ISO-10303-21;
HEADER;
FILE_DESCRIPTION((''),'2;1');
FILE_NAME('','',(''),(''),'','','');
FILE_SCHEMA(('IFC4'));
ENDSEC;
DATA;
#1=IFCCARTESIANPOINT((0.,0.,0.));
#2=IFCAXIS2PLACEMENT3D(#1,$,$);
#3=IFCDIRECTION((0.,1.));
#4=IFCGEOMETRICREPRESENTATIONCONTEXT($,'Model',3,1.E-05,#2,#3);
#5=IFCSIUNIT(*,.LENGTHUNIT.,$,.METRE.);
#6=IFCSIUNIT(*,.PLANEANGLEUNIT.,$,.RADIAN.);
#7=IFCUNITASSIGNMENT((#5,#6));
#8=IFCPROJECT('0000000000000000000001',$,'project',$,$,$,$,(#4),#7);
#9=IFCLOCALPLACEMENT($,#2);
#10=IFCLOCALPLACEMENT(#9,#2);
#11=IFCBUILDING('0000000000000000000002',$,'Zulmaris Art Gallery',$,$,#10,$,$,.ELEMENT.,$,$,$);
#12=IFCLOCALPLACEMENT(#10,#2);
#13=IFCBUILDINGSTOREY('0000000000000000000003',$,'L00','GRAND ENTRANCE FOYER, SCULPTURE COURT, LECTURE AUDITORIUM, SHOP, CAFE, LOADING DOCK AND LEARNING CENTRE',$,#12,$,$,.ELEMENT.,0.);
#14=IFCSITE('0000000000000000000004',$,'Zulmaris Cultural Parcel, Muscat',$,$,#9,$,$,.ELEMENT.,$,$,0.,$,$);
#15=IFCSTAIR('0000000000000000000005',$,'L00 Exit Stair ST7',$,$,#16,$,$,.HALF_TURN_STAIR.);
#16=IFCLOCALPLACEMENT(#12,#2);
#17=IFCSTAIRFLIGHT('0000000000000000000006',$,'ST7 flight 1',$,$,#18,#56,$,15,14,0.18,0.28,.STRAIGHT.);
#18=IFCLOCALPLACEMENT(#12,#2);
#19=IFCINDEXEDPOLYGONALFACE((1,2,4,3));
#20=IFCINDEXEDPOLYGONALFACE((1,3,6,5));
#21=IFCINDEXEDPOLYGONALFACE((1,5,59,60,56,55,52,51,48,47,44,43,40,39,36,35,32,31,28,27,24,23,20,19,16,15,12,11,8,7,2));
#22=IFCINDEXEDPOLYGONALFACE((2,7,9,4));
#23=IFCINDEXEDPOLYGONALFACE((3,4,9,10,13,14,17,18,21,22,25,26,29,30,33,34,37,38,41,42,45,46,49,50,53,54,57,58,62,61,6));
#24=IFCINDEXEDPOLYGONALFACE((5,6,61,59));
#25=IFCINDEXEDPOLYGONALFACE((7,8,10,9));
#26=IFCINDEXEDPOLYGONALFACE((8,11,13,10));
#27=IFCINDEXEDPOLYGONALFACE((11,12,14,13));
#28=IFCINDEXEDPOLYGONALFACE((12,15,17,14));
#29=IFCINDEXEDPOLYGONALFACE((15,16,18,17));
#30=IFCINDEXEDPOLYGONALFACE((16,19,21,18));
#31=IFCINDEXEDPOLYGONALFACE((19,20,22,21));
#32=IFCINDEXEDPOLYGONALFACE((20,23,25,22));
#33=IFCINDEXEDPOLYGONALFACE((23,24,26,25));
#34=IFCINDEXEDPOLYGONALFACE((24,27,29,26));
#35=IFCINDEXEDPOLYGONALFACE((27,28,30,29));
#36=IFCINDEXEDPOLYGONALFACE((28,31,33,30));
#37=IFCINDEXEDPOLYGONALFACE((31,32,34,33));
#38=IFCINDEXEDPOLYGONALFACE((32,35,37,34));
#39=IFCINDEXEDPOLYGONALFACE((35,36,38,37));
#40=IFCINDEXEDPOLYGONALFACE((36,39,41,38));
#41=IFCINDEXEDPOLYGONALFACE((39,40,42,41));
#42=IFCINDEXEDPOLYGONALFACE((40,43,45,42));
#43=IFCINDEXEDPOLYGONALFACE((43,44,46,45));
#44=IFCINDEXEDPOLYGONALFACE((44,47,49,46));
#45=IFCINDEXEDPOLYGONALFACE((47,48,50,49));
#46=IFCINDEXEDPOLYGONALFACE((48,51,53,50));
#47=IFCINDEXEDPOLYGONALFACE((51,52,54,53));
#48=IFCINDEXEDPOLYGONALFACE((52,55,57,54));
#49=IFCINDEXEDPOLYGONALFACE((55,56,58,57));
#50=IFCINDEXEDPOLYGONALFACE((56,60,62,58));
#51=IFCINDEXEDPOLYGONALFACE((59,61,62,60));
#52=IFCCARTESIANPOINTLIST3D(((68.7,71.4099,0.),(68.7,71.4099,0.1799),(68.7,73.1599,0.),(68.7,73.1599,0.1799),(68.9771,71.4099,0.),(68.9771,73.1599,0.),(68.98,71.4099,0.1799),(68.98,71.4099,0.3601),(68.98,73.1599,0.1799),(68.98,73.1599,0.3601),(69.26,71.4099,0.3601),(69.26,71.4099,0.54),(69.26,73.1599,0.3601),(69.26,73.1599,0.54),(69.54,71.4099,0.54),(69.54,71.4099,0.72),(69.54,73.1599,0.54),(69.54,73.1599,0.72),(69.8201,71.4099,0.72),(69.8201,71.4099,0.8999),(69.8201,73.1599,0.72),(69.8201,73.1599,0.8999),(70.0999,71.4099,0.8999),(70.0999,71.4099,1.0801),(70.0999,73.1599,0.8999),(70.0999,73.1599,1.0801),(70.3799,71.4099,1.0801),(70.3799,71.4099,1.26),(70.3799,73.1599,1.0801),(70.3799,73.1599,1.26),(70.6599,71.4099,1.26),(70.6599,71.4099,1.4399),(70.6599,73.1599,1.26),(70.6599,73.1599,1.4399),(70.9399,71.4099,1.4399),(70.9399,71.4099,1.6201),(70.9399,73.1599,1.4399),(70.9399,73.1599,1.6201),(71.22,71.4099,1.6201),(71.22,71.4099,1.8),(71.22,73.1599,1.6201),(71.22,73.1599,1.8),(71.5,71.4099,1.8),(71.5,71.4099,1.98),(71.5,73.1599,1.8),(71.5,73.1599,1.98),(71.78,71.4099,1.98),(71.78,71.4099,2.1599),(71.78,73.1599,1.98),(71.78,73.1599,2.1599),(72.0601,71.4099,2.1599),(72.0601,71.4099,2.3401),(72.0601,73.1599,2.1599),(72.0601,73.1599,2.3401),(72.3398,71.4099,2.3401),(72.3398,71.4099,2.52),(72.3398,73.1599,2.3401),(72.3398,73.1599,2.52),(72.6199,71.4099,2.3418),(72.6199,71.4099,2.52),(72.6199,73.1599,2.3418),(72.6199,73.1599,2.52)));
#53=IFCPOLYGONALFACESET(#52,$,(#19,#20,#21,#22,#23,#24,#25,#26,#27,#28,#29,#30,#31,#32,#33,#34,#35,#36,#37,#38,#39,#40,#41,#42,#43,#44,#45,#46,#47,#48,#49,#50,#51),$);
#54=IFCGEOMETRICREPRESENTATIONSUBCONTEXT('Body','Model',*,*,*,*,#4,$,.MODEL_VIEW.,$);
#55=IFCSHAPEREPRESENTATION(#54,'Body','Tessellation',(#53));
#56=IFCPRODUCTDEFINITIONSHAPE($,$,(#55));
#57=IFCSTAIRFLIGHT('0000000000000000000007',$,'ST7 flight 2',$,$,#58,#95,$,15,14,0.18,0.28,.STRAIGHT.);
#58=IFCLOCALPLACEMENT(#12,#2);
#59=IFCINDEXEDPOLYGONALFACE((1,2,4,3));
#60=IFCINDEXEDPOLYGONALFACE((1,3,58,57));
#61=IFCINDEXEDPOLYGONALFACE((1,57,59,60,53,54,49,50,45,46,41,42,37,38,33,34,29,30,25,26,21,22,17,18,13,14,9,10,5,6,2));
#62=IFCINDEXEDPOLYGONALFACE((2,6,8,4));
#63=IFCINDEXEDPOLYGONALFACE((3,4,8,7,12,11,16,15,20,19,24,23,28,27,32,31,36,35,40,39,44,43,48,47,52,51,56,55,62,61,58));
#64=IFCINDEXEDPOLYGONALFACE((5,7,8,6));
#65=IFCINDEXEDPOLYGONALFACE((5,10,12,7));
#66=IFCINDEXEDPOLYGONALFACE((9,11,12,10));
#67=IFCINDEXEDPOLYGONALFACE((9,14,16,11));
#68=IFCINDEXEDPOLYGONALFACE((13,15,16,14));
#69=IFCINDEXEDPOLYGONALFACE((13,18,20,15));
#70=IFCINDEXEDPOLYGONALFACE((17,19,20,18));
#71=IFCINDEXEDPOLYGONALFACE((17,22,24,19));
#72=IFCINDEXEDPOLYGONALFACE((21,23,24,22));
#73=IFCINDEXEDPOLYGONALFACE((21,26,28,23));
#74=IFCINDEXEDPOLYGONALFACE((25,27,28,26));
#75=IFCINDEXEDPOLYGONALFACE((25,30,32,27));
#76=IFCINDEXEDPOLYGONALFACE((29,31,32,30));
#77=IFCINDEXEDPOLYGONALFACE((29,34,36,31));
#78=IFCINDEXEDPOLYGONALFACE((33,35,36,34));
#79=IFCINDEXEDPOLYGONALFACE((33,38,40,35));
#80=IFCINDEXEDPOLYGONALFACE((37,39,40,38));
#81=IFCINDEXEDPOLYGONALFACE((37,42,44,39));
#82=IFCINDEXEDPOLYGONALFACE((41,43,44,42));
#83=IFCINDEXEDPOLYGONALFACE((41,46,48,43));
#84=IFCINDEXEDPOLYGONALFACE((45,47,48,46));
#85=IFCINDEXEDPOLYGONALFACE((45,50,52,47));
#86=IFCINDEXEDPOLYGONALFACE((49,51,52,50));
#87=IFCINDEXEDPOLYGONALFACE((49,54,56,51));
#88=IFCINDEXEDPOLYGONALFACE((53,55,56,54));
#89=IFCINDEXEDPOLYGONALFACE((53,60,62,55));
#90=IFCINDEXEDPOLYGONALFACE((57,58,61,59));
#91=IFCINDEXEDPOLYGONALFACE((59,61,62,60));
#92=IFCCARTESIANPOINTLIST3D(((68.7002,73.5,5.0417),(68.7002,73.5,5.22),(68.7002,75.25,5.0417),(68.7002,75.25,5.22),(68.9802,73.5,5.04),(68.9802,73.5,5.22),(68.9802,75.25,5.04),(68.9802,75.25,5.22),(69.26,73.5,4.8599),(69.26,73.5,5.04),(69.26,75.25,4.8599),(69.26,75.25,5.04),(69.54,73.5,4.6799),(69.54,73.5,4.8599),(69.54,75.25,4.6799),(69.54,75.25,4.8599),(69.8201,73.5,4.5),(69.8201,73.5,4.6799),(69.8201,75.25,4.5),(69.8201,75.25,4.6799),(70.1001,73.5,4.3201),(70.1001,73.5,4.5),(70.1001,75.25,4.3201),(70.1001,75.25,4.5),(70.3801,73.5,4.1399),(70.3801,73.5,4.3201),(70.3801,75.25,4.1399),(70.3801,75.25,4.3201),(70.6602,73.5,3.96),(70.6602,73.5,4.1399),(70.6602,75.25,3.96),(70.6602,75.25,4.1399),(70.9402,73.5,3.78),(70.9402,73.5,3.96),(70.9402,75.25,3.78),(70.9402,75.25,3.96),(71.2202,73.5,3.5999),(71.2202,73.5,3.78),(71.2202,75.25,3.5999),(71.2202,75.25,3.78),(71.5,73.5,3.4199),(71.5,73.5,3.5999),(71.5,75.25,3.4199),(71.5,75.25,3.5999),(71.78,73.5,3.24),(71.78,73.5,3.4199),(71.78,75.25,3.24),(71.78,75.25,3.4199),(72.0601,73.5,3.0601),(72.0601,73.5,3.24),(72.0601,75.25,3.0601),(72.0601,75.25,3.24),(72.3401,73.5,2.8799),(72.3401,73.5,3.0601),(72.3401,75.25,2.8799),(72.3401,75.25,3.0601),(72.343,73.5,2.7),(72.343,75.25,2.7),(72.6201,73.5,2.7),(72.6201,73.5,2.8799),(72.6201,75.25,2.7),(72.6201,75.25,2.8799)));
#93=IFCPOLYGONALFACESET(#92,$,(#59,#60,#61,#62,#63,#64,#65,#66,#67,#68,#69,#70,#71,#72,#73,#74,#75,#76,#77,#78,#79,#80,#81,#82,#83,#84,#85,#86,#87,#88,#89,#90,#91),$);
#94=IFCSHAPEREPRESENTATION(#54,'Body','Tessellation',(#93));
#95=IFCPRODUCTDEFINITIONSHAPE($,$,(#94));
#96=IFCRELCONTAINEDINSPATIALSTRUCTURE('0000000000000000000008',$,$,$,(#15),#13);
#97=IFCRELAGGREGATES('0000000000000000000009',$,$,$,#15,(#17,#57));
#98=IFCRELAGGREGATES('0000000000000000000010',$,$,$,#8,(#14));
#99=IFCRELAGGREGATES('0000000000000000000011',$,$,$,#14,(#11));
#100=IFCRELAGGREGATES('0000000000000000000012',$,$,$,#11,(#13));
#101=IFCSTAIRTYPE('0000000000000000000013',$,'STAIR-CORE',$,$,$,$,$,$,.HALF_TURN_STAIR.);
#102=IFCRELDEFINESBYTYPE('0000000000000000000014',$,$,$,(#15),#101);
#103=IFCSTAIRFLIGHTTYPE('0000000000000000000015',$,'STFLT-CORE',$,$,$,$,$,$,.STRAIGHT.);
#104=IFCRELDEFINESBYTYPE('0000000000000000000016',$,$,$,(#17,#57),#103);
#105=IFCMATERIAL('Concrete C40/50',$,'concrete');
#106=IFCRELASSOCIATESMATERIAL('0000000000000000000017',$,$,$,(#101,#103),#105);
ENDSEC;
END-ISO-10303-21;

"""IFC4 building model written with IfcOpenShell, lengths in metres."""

from ifc_helpers import new_model, si_unit, direction, frame, origin, place, context, subcontext, project, spatial, polyline, outline, extrude, material, type_object, element, aggregate, save


model = new_model("IFC4")

# Units and contexts
model_context = context("Model", 3, precision=1e-05, world=origin(), true_north=direction((0.0, 1.0)))
body_context = subcontext(model_context, "Body", "Model", "MODEL_VIEW")
ifc_project = project(units=[si_unit("LENGTHUNIT", "METRE"), si_unit("PLANEANGLEUNIT", "RADIAN")], contexts=[model_context])

# Site, building, storey
site_placement = place(None, origin())
site = spatial("IfcSite", under=ifc_project, at=site_placement, Name="Zulmaris Cultural Parcel, Muscat", CompositionType="ELEMENT", RefElevation=0.0)
building_placement = place(site_placement, origin())
building = spatial("IfcBuilding", under=site, at=building_placement, Name="Zulmaris Art Gallery", CompositionType="ELEMENT")
storey_placement = place(building_placement, origin())
storey = spatial("IfcBuildingStorey", under=building, at=storey_placement, Name="L00", Description="GRAND ENTRANCE FOYER, SCULPTURE COURT, LECTURE AUDITORIUM, SHOP, CAFE, LOADING DOCK AND LEARNING CENTRE", CompositionType="ELEMENT", Elevation=0.0)

# Shared definitions
ifc_material_1 = material(Name="Concrete C40/50", Category="concrete")

# Stair, stair flights
stair_type = type_object("IfcStairType", Name="STAIR-CORE", PredefinedType="HALF_TURN_STAIR", material=ifc_material_1)
stair_placement = place(storey_placement, origin())
stair = element("IfcStair", 1, at=stair_placement, inside=storey, type_object=stair_type, Name="L00 Exit Stair ST7", PredefinedType="HALF_TURN_STAIR")
stair_flight_type = type_object("IfcStairFlightType", Name="STFLT-CORE", PredefinedType="STRAIGHT", material=ifc_material_1)
stair_flight_1_placement = place(storey_placement, frame((68.7, 72.2849, 0.0), z_axis=(0.0, 0.0, 1.0), x_axis=(1.0, 0.0, 0.0)))
stair_flight_1 = element("IfcStairFlight", 2, at=stair_flight_1_placement, type_object=stair_flight_type, Name="ST7 flight 1", NumberOfRisers=15, NumberOfTreads=14, PredefinedType="STRAIGHT", RiserHeight=0.18, TreadLength=0.28, context=body_context, shape_type="SweptSolid", body=[
    extrude(outline(polyline([(0.0, 0.0), (0.0, 0.1799), (0.28, 0.1799), (0.28, 0.3601), (0.5601, 0.3601), (0.5601, 0.54), (0.8401, 0.54), (0.8401, 0.72), (1.1201, 0.72), (1.1201, 0.8999), (1.3999, 0.8999), (1.3999, 1.0801), (1.6799, 1.0801), (1.6799, 1.26), (1.96, 1.26), (1.96, 1.4399), (2.24, 1.4399), (2.24, 1.6201), (2.52, 1.6201), (2.52, 1.8), (2.8, 1.8), (2.8, 1.98), (3.0801, 1.98), (3.0801, 2.1599), (3.3601, 2.1599), (3.3601, 2.3401), (3.6399, 2.3401), (3.6399, 2.52), (3.9199, 2.52), (3.9199, 2.7), (3.9199, 2.3418), (0.2771, 0.0), (0.0, 0.0)])), frame((0.0, 0.875, 0.0), z_axis=(0.0, -1.0, 0.0), x_axis=(1.0, 0.0, 0.0)), (0.0, 0.0, 1.0), 1.75),
])
stair_flight_2_placement = place(storey_placement, frame((72.6201, 74.375, 2.7), z_axis=(0.0, 0.0, 1.0), x_axis=(-1.0, 0.0, 0.0)))
stair_flight_2 = element("IfcStairFlight", 3, at=stair_flight_2_placement, type_object=stair_flight_type, Name="ST7 flight 2", NumberOfRisers=15, NumberOfTreads=14, PredefinedType="STRAIGHT", RiserHeight=0.18, TreadLength=0.28, context=body_context, shape_type="SweptSolid", body=[
    extrude(outline(polyline([(0.0, 0.0), (0.0, 0.1799), (0.28, 0.1799), (0.28, 0.3601), (0.5601, 0.3601), (0.5601, 0.54), (0.8401, 0.54), (0.8401, 0.72), (1.1201, 0.72), (1.1201, 0.8999), (1.3999, 0.8999), (1.3999, 1.0801), (1.6799, 1.0801), (1.6799, 1.26), (1.96, 1.26), (1.96, 1.4399), (2.24, 1.4399), (2.24, 1.6201), (2.52, 1.6201), (2.52, 1.8), (2.8, 1.8), (2.8, 1.98), (3.0801, 1.98), (3.0801, 2.1599), (3.3601, 2.1599), (3.3601, 2.3401), (3.6399, 2.3401), (3.6399, 2.52), (3.9199, 2.52), (3.9199, 2.7), (3.9199, 2.3418), (0.2771, 0.0), (0.0, 0.0)])), frame((0.0, 0.875, 0.0), z_axis=(0.0, -1.0, 0.0), x_axis=(1.0, 0.0, 0.0)), (0.0, 0.0, 1.0), 1.75),
])
aggregate(stair, [stair_flight_1, stair_flight_2])

save(model, "model.ifc")
